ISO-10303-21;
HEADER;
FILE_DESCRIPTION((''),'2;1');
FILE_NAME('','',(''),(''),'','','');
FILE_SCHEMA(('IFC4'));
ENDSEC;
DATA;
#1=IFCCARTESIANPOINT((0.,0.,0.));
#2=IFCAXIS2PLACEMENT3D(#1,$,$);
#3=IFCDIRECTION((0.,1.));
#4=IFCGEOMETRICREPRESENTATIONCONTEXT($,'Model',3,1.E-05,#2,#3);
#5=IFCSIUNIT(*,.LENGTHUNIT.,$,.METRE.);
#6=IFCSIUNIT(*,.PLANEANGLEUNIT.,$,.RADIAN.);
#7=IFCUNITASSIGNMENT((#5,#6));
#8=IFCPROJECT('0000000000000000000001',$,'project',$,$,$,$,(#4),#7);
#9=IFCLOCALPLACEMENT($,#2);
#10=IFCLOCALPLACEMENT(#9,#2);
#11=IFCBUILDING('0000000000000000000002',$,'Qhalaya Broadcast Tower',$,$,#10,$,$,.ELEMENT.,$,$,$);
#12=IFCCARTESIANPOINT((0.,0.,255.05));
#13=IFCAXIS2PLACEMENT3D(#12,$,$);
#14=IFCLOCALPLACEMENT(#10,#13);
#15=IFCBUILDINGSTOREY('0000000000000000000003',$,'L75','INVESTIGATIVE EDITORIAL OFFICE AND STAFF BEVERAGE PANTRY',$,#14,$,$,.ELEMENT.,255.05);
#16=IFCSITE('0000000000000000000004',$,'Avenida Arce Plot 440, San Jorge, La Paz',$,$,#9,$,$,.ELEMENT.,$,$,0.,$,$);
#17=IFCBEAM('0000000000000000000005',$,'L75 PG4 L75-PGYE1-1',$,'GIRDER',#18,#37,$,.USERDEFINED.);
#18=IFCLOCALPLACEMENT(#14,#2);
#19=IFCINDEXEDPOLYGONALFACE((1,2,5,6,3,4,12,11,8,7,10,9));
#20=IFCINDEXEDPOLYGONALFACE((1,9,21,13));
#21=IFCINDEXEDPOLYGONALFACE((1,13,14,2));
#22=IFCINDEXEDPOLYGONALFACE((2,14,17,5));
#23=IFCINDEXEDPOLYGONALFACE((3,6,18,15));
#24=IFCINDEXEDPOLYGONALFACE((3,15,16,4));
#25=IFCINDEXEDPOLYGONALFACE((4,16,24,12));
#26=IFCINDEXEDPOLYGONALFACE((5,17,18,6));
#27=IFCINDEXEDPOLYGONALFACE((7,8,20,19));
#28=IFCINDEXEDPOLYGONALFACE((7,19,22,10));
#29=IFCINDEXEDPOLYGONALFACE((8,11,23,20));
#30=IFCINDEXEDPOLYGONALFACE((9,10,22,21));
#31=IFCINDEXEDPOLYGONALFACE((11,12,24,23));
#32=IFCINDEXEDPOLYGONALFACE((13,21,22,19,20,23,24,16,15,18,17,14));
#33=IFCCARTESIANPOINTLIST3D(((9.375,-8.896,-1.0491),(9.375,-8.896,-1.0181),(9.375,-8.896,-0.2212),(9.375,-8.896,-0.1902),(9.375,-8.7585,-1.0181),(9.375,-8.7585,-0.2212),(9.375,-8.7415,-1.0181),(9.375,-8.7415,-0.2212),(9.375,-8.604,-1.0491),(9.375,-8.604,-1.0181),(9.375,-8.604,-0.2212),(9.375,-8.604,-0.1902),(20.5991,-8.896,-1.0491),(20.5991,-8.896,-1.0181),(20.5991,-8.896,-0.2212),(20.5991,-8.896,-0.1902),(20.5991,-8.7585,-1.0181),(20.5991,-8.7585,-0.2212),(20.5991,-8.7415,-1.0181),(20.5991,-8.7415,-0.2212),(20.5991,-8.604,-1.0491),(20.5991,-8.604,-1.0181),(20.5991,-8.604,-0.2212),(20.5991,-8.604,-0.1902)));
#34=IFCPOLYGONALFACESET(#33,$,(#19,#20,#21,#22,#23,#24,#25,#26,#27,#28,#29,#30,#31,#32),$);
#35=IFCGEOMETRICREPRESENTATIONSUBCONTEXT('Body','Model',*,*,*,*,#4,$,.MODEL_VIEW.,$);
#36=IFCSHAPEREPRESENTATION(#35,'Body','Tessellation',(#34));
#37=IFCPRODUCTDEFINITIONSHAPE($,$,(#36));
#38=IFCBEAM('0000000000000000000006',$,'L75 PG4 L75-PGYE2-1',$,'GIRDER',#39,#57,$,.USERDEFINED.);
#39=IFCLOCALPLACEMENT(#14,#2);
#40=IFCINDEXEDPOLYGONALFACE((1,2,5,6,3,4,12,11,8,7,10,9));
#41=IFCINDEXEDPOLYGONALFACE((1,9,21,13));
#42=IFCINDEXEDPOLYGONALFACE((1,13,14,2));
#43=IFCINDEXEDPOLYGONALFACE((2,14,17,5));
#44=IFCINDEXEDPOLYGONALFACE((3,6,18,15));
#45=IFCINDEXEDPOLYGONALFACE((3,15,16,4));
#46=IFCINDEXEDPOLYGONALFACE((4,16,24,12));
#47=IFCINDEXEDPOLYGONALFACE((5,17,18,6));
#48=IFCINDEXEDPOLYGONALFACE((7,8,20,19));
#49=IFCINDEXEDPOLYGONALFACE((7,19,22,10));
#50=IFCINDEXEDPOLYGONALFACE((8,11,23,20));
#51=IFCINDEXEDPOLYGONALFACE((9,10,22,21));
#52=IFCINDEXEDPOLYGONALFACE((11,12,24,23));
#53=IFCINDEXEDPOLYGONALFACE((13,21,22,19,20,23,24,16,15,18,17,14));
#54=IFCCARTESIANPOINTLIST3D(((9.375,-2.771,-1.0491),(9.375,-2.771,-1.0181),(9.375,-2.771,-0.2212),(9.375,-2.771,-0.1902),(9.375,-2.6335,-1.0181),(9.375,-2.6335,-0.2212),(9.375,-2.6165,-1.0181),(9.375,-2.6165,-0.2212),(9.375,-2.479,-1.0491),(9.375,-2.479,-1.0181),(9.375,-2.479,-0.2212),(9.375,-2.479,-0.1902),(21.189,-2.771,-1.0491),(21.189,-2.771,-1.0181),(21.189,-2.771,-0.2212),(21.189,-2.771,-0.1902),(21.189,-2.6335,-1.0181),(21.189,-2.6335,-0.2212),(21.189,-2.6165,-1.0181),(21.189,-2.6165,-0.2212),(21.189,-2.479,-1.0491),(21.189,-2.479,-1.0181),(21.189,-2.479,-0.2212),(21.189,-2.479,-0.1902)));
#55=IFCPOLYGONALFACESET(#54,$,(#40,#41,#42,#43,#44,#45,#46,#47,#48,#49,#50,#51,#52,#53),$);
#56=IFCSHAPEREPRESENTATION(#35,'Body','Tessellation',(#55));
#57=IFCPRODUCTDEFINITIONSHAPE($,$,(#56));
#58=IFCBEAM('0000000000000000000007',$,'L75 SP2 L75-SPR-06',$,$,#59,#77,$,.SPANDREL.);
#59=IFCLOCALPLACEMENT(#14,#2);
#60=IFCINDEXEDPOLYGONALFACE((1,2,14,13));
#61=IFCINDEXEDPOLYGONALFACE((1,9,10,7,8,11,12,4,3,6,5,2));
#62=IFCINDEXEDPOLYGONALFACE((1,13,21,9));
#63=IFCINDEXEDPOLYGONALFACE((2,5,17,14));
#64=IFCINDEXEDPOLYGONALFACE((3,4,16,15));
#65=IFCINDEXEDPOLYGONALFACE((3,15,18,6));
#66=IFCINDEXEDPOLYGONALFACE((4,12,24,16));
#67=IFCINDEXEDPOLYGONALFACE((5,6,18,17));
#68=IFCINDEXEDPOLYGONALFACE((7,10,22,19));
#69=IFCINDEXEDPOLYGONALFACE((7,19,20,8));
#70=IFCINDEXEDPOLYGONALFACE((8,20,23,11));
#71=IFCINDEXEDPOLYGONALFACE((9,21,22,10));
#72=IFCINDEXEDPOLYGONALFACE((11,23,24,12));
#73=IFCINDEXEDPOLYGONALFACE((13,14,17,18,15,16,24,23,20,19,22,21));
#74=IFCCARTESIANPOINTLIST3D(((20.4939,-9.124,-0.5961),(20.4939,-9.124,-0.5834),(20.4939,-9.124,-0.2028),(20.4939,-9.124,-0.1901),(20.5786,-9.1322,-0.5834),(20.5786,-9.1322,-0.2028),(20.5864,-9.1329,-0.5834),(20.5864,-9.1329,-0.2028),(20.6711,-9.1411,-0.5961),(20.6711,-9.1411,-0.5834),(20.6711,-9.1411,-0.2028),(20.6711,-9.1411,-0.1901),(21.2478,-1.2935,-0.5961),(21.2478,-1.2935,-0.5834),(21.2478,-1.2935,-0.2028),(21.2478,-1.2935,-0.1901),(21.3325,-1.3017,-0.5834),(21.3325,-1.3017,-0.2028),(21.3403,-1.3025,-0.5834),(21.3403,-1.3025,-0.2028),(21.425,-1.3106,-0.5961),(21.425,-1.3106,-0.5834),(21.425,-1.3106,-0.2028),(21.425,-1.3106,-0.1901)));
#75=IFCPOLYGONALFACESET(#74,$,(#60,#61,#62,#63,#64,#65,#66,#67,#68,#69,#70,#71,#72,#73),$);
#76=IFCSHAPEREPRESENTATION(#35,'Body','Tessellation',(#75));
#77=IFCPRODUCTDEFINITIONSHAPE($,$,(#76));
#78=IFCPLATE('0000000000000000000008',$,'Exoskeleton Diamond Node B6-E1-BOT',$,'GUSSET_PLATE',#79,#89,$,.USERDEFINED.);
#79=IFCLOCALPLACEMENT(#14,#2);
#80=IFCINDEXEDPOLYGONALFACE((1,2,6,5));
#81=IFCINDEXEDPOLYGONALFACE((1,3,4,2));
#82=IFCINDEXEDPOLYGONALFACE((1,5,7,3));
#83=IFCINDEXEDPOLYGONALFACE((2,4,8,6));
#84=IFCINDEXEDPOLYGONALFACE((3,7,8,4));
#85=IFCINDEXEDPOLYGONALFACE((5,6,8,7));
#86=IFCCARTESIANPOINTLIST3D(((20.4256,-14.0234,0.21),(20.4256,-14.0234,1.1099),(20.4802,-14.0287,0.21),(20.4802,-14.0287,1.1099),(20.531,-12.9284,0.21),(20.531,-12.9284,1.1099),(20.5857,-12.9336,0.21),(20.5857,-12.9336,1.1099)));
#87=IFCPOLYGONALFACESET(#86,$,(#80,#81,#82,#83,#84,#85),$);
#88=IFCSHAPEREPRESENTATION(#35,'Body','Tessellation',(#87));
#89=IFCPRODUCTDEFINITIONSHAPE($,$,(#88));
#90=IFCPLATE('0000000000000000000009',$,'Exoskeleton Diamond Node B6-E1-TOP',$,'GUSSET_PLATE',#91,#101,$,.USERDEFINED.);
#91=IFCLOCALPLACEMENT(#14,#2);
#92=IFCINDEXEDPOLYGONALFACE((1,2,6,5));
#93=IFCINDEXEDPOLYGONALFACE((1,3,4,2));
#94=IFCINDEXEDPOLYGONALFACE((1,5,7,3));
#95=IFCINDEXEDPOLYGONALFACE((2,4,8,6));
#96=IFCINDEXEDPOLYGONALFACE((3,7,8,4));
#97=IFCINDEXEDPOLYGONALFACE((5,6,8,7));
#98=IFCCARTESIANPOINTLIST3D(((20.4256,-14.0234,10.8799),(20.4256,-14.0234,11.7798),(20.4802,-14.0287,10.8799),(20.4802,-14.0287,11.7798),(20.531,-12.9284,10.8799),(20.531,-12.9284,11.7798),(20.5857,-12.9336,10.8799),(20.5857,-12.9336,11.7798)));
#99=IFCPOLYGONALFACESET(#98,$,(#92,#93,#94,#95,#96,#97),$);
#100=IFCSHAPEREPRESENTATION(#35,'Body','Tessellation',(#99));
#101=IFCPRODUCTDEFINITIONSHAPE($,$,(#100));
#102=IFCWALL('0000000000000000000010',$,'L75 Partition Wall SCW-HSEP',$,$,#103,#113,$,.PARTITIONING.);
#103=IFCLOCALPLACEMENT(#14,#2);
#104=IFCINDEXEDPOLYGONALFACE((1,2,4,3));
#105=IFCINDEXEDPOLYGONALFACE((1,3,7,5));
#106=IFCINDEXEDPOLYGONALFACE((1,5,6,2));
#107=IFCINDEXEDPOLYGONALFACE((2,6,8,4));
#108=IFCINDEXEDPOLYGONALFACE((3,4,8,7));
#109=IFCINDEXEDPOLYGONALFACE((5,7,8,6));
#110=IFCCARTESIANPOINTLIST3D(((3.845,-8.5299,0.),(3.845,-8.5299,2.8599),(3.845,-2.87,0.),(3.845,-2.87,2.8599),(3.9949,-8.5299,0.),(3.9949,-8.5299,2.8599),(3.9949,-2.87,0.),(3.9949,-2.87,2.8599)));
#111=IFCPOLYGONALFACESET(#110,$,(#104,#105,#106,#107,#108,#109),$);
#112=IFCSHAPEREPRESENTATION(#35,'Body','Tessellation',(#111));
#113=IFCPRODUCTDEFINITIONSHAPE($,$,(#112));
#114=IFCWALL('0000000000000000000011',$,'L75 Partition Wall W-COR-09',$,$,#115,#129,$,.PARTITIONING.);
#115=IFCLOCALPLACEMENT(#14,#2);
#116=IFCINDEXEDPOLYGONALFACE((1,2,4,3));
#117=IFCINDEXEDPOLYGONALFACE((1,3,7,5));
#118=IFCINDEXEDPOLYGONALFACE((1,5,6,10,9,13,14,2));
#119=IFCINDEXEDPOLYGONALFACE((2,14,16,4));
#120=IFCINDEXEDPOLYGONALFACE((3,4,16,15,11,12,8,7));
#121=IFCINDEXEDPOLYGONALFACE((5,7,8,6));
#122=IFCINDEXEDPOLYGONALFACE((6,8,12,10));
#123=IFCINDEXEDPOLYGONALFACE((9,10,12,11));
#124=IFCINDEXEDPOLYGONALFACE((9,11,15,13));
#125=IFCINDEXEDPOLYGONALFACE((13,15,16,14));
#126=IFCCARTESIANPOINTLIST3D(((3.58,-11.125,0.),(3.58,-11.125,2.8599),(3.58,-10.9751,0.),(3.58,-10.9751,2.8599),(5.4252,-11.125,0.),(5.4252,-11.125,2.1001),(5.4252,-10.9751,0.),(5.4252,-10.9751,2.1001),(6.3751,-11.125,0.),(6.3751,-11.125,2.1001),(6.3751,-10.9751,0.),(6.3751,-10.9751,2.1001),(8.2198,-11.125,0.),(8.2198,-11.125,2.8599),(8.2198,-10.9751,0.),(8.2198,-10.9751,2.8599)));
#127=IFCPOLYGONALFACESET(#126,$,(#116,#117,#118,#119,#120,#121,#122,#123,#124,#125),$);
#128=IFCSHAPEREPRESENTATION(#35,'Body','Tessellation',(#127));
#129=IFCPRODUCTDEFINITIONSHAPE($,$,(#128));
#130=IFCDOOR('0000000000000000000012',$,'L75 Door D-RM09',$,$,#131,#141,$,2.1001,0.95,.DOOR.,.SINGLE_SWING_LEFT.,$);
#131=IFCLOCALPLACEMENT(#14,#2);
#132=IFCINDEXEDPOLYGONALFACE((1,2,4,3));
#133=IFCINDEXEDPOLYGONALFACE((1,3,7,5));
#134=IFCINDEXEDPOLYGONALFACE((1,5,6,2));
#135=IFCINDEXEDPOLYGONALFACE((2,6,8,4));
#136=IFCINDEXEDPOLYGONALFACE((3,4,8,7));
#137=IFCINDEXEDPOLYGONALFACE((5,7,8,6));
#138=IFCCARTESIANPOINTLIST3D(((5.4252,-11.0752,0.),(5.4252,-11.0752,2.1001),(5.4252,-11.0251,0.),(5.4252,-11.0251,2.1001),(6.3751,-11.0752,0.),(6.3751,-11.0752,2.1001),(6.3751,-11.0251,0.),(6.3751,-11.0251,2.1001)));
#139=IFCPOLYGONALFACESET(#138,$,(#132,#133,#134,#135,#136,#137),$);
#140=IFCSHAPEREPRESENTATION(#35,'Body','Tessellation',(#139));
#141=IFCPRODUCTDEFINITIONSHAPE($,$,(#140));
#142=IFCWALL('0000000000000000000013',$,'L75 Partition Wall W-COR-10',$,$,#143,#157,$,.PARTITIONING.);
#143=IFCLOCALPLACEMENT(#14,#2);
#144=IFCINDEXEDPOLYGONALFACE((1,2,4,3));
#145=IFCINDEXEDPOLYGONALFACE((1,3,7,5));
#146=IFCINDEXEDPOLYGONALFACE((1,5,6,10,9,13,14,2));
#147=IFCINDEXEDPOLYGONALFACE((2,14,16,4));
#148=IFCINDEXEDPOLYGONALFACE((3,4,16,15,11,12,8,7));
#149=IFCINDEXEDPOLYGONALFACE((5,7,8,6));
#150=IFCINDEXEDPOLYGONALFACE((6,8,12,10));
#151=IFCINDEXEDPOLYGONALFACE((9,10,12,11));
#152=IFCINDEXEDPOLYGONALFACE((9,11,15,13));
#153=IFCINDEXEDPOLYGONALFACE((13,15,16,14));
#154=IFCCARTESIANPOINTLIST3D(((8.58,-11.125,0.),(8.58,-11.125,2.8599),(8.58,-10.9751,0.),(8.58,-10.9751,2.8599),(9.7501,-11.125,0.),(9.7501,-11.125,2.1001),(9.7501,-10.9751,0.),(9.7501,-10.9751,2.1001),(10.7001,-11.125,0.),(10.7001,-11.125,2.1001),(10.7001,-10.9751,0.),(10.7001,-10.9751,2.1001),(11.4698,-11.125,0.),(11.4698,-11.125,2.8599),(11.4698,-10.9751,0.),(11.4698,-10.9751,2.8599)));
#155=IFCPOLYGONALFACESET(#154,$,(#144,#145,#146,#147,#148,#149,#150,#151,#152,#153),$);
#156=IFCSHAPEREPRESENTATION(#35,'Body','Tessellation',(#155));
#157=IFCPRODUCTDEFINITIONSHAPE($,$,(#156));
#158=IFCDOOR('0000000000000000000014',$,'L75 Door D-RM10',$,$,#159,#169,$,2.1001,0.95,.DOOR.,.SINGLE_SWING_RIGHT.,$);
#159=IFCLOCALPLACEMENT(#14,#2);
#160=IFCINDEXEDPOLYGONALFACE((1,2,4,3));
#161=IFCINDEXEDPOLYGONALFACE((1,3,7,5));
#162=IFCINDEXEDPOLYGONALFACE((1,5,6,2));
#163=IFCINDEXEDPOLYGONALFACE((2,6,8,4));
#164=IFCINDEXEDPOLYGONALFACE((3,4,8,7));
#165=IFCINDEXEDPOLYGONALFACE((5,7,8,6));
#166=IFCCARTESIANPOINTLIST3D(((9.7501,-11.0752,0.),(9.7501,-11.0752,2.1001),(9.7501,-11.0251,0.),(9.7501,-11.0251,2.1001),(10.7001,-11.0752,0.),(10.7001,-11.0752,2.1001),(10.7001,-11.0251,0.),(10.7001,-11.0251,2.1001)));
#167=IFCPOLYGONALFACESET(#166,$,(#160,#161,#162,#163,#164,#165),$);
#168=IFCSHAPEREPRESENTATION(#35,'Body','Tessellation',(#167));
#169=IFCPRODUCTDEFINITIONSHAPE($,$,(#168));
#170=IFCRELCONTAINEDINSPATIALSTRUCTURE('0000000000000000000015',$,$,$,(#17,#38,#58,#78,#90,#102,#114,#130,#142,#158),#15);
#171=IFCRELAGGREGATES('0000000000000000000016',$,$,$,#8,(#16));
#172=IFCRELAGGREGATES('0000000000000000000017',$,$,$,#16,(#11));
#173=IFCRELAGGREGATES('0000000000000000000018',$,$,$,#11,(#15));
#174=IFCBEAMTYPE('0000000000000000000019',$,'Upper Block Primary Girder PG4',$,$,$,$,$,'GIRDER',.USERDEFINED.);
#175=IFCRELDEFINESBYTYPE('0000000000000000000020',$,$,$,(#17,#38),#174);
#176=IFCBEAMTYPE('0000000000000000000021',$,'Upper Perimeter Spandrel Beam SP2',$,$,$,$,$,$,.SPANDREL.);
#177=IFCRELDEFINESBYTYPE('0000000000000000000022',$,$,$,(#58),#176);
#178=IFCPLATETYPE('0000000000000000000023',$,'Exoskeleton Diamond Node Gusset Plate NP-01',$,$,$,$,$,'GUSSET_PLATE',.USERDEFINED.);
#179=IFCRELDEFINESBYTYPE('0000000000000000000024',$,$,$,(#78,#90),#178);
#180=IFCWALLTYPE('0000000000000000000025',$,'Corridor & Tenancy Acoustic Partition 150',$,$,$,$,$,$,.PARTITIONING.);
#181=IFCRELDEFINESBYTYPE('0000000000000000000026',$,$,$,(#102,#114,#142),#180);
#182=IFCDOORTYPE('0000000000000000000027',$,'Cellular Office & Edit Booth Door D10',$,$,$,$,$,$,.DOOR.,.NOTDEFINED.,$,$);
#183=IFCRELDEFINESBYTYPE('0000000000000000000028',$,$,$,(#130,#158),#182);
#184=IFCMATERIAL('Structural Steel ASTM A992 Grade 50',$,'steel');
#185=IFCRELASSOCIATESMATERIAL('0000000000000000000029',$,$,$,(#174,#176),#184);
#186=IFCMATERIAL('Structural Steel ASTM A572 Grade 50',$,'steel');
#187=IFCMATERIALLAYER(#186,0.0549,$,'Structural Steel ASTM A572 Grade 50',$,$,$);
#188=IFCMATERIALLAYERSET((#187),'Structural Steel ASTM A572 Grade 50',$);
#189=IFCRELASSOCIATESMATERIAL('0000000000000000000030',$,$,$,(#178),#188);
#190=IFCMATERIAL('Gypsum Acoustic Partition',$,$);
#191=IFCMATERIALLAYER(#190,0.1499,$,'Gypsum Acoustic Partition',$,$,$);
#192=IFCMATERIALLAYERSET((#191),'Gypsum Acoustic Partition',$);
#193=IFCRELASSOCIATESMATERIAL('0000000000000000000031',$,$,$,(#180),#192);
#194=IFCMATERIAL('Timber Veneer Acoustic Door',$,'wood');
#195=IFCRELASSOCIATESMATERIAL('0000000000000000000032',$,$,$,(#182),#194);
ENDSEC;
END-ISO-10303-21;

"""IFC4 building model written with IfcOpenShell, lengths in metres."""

from ifc_helpers import new_model, si_unit, direction, frame, frame_2d, origin, origin_2d, place, context, subcontext, project, spatial, rectangle, i_section, extrude, material, layer, layer_set, material_profile, profile_set, type_object, element, fill, save


model = new_model("IFC4")

# Units and contexts
model_context = context("Model", 3, precision=1e-05, world=origin(), true_north=direction((0.0, 1.0)))
body_context = subcontext(model_context, "Body", "Model", "MODEL_VIEW")
ifc_project = project(units=[si_unit("LENGTHUNIT", "METRE"), si_unit("PLANEANGLEUNIT", "RADIAN")], contexts=[model_context])

# Site, building, storey
site_placement = place(None, origin())
site = spatial("IfcSite", under=ifc_project, at=site_placement, Name="Avenida Arce Plot 440, San Jorge, La Paz", CompositionType="ELEMENT", RefElevation=0.0)
building_placement = place(site_placement, origin())
building = spatial("IfcBuilding", under=site, at=building_placement, Name="Qhalaya Broadcast Tower", CompositionType="ELEMENT")
storey_placement = place(building_placement, frame((0.0, 0.0, 255.05)))
storey = spatial("IfcBuildingStorey", under=building, at=storey_placement, Name="L75", Description="INVESTIGATIVE EDITORIAL OFFICE AND STAFF BEVERAGE PANTRY", CompositionType="ELEMENT", Elevation=255.05)

# Shared definitions
ifc_material_1 = material(Name="Structural Steel ASTM A572 Grade 50", Category="steel")

# Shared definitions
ifc_material_2 = material(Name="Structural Steel ASTM A992 Grade 50", Category="steel")

# Beams
ifc_material_profile_1 = material_profile(ifc_material_2, i_section(OverallWidth=0.292, OverallDepth=0.8589, WebThickness=0.0171, FlangeThickness=0.031, at=origin_2d()), Name="W33X169")
ifc_profile_set_1 = profile_set([ifc_material_profile_1], Name="Structural Steel ASTM A992 Grade 50")
beam_type_1 = type_object("IfcBeamType", Name="Upper Block Primary Girder PG4", ElementType="GIRDER", PredefinedType="USERDEFINED", material=ifc_profile_set_1)
beam_1_placement = place(storey_placement, frame((9.375, -8.75, -0.6196), z_axis=(1.0, 0.0, 0.0), x_axis=(0.0, 1.0, 0.0)))
element("IfcBeam", 1, at=beam_1_placement, inside=storey, type_object=beam_type_1, Name="L75 PG4 L75-PGYE1-1", ObjectType="GIRDER", PredefinedType="USERDEFINED", context=body_context, shape_type="SweptSolid", body=[
    extrude(i_section(OverallWidth=0.292, OverallDepth=0.8589, WebThickness=0.0171, FlangeThickness=0.031, at=origin_2d()), origin(), (0.0, 0.0, 1.0), 11.2241),
])
beam_2_placement = place(storey_placement, frame((9.375, -2.625, -0.6196), z_axis=(1.0, 0.0, 0.0), x_axis=(0.0, 1.0, 0.0)))
element("IfcBeam", 2, at=beam_2_placement, inside=storey, type_object=beam_type_1, Name="L75 PG4 L75-PGYE2-1", ObjectType="GIRDER", PredefinedType="USERDEFINED", context=body_context, shape_type="SweptSolid", body=[
    extrude(i_section(OverallWidth=0.292, OverallDepth=0.8589, WebThickness=0.0171, FlangeThickness=0.031, at=origin_2d()), origin(), (0.0, 0.0, 1.0), 11.814),
])
ifc_material_profile_2 = material_profile(ifc_material_2, i_section(OverallWidth=0.178, OverallDepth=0.406, WebThickness=0.0078, FlangeThickness=0.0127, at=origin_2d()), Name="W16X40")
ifc_profile_set_2 = profile_set([ifc_material_profile_2], Name="Structural Steel ASTM A992 Grade 50")
beam_type_2 = type_object("IfcBeamType", Name="Upper Perimeter Spandrel Beam SP2", PredefinedType="SPANDREL", material=ifc_profile_set_2)
beam_3_placement = place(storey_placement, frame((20.5825, -9.1326, -0.3931), z_axis=(0.095834, 0.995397, 0.0), x_axis=(-0.995397, 0.095834, 0.0)))
element("IfcBeam", 3, at=beam_3_placement, inside=storey, type_object=beam_type_2, Name="L75 SP2 L75-SPR-06", PredefinedType="SPANDREL", context=body_context, shape_type="SweptSolid", body=[
    extrude(i_section(OverallWidth=0.178, OverallDepth=0.406, WebThickness=0.0078, FlangeThickness=0.0127, at=origin_2d()), origin(), (0.0, 0.0, 1.0), 7.8667),
])

# Plates
ifc_layer_1 = layer(ifc_material_1, 0.0549, Name="Structural Steel ASTM A572 Grade 50")
ifc_layer_set_1 = layer_set([ifc_layer_1], Name="Structural Steel ASTM A572 Grade 50")
plate_type = type_object("IfcPlateType", Name="Exoskeleton Diamond Node Gusset Plate NP-01", ElementType="GUSSET_PLATE", PredefinedType="USERDEFINED", material=ifc_layer_set_1)
for number, where, z_axis, x_axis, name in (
    (4, (20.5056, -13.4785, 0.21), (0.0, 0.0, 1.0), (0.095846, 0.995396, 0.0), "Exoskeleton Diamond Node B6-E1-BOT"),
    (5, (20.5056, -13.4785, 10.8799), (0.0, 0.0, 1.0), (0.095846, 0.995396, 0.0), "Exoskeleton Diamond Node B6-E1-TOP"),
):
    element("IfcPlate", number, at=place(storey_placement, frame(where, z_axis=z_axis, x_axis=x_axis)), inside=storey, type_object=plate_type, Name=name, ObjectType="GUSSET_PLATE", PredefinedType="USERDEFINED", context=body_context, shape_type="SweptSolid", body=[
        extrude(rectangle(XDim=1.1001, YDim=0.0549, at=origin_2d()), origin(), (0.0, 0.0, 1.0), 0.8999),
    ])

# Wall
ifc_material_3 = material(Name="Gypsum Acoustic Partition")
ifc_layer_2 = layer(ifc_material_3, 0.1499, Name="Gypsum Acoustic Partition")
ifc_layer_set_2 = layer_set([ifc_layer_2], Name="Gypsum Acoustic Partition")
wall_type_1 = type_object("IfcWallType", Name="Corridor & Tenancy Acoustic Partition 150", PredefinedType="PARTITIONING", material=ifc_layer_set_2)
wall_1_placement = place(storey_placement, frame((3.9199, -8.53, 0.0), z_axis=(0.0, 0.0, 1.0), x_axis=(0.0, 1.0, 0.0)))
element("IfcWall", 6, at=wall_1_placement, inside=storey, type_object=wall_type_1, Name="L75 Partition Wall SCW-HSEP", PredefinedType="PARTITIONING", context=body_context, shape_type="SweptSolid", body=[
    extrude(rectangle(XDim=5.6599, YDim=0.1499, at=frame_2d((2.8301, 0.0))), origin(), (0.0, 0.0, 1.0), 2.8599),
])

# Walls, openings, doors
wall_2_placement = place(storey_placement, frame((3.5801, -11.05, 0.0), z_axis=(0.0, 0.0, 1.0), x_axis=(1.0, 0.0, 0.0)))
wall_2 = element("IfcWall", 7, at=wall_2_placement, inside=storey, type_object=wall_type_1, Name="L75 Partition Wall W-COR-09", PredefinedType="PARTITIONING", context=body_context, shape_type="SweptSolid", body=[
    extrude(rectangle(XDim=4.6399, YDim=0.1499, at=frame_2d((2.3198, 0.0))), origin(), (0.0, 0.0, 1.0), 2.8599),
])
opening_1_placement = place(wall_2_placement, frame((1.845, 0.0, 0.0)))
opening_1 = element("IfcOpeningElement", 8, at=opening_1_placement, cuts=wall_2, PredefinedType="OPENING", context=body_context, shape_type="SweptSolid", body=[
    extrude(rectangle(XDim=0.95, YDim=2.1001, at=frame_2d((0.4751, 1.05))), frame((0.0, 0.0869, 0.0), z_axis=(0.0, -1.0, 0.0), x_axis=(1.0, 0.0, 0.0)), (0.0, 0.0, 1.0), 0.1738),
])
ifc_material_4 = material(Name="Timber Veneer Acoustic Door", Category="wood")
door_type_1 = type_object("IfcDoorType", Name="Cellular Office & Edit Booth Door D10", OperationType="NOTDEFINED", PredefinedType="DOOR", material=ifc_material_4)
door_1_placement = place(opening_1_placement, origin())
door_1 = element("IfcDoor", 9, at=door_1_placement, inside=storey, type_object=door_type_1, Name="L75 Door D-RM09", OperationType="SINGLE_SWING_LEFT", OverallHeight=2.1001, OverallWidth=0.95, PredefinedType="DOOR", context=body_context, shape_type="SweptSolid", body=[
    extrude(rectangle(XDim=0.95, YDim=2.1001, at=frame_2d((0.4751, 1.05))), frame((0.0, 0.0249, 0.0), z_axis=(0.0, -1.0, 0.0), x_axis=(1.0, 0.0, 0.0)), (0.0, 0.0, 1.0), 0.05),
])
fill(opening_1, door_1)
wall_3_placement = place(storey_placement, frame((8.5801, -11.05, 0.0), z_axis=(0.0, 0.0, 1.0), x_axis=(1.0, 0.0, 0.0)))
wall_3 = element("IfcWall", 10, at=wall_3_placement, inside=storey, type_object=wall_type_1, Name="L75 Partition Wall W-COR-10", PredefinedType="PARTITIONING", context=body_context, shape_type="SweptSolid", body=[
    extrude(rectangle(XDim=2.8899, YDim=0.1499, at=frame_2d((1.4448, 0.0))), origin(), (0.0, 0.0, 1.0), 2.8599),
])
opening_2_placement = place(wall_3_placement, frame((1.1699, 0.0, 0.0)))
opening_2 = element("IfcOpeningElement", 11, at=opening_2_placement, cuts=wall_3, PredefinedType="OPENING", context=body_context, shape_type="SweptSolid", body=[
    extrude(rectangle(XDim=0.95, YDim=2.1001, at=frame_2d((0.4751, 1.05))), frame((0.0, 0.0869, 0.0), z_axis=(0.0, -1.0, 0.0), x_axis=(1.0, 0.0, 0.0)), (0.0, 0.0, 1.0), 0.1738),
])
door_2_placement = place(opening_2_placement, origin())
door_2 = element("IfcDoor", 12, at=door_2_placement, inside=storey, type_object=door_type_1, Name="L75 Door D-RM10", OperationType="SINGLE_SWING_RIGHT", OverallHeight=2.1001, OverallWidth=0.95, PredefinedType="DOOR", context=body_context, shape_type="SweptSolid", body=[
    extrude(rectangle(XDim=0.95, YDim=2.1001, at=frame_2d((0.4751, 1.05))), frame((0.0, 0.0249, 0.0), z_axis=(0.0, -1.0, 0.0), x_axis=(1.0, 0.0, 0.0)), (0.0, 0.0, 1.0), 0.05),
])
fill(opening_2, door_2)

save(model, "model.ifc")
